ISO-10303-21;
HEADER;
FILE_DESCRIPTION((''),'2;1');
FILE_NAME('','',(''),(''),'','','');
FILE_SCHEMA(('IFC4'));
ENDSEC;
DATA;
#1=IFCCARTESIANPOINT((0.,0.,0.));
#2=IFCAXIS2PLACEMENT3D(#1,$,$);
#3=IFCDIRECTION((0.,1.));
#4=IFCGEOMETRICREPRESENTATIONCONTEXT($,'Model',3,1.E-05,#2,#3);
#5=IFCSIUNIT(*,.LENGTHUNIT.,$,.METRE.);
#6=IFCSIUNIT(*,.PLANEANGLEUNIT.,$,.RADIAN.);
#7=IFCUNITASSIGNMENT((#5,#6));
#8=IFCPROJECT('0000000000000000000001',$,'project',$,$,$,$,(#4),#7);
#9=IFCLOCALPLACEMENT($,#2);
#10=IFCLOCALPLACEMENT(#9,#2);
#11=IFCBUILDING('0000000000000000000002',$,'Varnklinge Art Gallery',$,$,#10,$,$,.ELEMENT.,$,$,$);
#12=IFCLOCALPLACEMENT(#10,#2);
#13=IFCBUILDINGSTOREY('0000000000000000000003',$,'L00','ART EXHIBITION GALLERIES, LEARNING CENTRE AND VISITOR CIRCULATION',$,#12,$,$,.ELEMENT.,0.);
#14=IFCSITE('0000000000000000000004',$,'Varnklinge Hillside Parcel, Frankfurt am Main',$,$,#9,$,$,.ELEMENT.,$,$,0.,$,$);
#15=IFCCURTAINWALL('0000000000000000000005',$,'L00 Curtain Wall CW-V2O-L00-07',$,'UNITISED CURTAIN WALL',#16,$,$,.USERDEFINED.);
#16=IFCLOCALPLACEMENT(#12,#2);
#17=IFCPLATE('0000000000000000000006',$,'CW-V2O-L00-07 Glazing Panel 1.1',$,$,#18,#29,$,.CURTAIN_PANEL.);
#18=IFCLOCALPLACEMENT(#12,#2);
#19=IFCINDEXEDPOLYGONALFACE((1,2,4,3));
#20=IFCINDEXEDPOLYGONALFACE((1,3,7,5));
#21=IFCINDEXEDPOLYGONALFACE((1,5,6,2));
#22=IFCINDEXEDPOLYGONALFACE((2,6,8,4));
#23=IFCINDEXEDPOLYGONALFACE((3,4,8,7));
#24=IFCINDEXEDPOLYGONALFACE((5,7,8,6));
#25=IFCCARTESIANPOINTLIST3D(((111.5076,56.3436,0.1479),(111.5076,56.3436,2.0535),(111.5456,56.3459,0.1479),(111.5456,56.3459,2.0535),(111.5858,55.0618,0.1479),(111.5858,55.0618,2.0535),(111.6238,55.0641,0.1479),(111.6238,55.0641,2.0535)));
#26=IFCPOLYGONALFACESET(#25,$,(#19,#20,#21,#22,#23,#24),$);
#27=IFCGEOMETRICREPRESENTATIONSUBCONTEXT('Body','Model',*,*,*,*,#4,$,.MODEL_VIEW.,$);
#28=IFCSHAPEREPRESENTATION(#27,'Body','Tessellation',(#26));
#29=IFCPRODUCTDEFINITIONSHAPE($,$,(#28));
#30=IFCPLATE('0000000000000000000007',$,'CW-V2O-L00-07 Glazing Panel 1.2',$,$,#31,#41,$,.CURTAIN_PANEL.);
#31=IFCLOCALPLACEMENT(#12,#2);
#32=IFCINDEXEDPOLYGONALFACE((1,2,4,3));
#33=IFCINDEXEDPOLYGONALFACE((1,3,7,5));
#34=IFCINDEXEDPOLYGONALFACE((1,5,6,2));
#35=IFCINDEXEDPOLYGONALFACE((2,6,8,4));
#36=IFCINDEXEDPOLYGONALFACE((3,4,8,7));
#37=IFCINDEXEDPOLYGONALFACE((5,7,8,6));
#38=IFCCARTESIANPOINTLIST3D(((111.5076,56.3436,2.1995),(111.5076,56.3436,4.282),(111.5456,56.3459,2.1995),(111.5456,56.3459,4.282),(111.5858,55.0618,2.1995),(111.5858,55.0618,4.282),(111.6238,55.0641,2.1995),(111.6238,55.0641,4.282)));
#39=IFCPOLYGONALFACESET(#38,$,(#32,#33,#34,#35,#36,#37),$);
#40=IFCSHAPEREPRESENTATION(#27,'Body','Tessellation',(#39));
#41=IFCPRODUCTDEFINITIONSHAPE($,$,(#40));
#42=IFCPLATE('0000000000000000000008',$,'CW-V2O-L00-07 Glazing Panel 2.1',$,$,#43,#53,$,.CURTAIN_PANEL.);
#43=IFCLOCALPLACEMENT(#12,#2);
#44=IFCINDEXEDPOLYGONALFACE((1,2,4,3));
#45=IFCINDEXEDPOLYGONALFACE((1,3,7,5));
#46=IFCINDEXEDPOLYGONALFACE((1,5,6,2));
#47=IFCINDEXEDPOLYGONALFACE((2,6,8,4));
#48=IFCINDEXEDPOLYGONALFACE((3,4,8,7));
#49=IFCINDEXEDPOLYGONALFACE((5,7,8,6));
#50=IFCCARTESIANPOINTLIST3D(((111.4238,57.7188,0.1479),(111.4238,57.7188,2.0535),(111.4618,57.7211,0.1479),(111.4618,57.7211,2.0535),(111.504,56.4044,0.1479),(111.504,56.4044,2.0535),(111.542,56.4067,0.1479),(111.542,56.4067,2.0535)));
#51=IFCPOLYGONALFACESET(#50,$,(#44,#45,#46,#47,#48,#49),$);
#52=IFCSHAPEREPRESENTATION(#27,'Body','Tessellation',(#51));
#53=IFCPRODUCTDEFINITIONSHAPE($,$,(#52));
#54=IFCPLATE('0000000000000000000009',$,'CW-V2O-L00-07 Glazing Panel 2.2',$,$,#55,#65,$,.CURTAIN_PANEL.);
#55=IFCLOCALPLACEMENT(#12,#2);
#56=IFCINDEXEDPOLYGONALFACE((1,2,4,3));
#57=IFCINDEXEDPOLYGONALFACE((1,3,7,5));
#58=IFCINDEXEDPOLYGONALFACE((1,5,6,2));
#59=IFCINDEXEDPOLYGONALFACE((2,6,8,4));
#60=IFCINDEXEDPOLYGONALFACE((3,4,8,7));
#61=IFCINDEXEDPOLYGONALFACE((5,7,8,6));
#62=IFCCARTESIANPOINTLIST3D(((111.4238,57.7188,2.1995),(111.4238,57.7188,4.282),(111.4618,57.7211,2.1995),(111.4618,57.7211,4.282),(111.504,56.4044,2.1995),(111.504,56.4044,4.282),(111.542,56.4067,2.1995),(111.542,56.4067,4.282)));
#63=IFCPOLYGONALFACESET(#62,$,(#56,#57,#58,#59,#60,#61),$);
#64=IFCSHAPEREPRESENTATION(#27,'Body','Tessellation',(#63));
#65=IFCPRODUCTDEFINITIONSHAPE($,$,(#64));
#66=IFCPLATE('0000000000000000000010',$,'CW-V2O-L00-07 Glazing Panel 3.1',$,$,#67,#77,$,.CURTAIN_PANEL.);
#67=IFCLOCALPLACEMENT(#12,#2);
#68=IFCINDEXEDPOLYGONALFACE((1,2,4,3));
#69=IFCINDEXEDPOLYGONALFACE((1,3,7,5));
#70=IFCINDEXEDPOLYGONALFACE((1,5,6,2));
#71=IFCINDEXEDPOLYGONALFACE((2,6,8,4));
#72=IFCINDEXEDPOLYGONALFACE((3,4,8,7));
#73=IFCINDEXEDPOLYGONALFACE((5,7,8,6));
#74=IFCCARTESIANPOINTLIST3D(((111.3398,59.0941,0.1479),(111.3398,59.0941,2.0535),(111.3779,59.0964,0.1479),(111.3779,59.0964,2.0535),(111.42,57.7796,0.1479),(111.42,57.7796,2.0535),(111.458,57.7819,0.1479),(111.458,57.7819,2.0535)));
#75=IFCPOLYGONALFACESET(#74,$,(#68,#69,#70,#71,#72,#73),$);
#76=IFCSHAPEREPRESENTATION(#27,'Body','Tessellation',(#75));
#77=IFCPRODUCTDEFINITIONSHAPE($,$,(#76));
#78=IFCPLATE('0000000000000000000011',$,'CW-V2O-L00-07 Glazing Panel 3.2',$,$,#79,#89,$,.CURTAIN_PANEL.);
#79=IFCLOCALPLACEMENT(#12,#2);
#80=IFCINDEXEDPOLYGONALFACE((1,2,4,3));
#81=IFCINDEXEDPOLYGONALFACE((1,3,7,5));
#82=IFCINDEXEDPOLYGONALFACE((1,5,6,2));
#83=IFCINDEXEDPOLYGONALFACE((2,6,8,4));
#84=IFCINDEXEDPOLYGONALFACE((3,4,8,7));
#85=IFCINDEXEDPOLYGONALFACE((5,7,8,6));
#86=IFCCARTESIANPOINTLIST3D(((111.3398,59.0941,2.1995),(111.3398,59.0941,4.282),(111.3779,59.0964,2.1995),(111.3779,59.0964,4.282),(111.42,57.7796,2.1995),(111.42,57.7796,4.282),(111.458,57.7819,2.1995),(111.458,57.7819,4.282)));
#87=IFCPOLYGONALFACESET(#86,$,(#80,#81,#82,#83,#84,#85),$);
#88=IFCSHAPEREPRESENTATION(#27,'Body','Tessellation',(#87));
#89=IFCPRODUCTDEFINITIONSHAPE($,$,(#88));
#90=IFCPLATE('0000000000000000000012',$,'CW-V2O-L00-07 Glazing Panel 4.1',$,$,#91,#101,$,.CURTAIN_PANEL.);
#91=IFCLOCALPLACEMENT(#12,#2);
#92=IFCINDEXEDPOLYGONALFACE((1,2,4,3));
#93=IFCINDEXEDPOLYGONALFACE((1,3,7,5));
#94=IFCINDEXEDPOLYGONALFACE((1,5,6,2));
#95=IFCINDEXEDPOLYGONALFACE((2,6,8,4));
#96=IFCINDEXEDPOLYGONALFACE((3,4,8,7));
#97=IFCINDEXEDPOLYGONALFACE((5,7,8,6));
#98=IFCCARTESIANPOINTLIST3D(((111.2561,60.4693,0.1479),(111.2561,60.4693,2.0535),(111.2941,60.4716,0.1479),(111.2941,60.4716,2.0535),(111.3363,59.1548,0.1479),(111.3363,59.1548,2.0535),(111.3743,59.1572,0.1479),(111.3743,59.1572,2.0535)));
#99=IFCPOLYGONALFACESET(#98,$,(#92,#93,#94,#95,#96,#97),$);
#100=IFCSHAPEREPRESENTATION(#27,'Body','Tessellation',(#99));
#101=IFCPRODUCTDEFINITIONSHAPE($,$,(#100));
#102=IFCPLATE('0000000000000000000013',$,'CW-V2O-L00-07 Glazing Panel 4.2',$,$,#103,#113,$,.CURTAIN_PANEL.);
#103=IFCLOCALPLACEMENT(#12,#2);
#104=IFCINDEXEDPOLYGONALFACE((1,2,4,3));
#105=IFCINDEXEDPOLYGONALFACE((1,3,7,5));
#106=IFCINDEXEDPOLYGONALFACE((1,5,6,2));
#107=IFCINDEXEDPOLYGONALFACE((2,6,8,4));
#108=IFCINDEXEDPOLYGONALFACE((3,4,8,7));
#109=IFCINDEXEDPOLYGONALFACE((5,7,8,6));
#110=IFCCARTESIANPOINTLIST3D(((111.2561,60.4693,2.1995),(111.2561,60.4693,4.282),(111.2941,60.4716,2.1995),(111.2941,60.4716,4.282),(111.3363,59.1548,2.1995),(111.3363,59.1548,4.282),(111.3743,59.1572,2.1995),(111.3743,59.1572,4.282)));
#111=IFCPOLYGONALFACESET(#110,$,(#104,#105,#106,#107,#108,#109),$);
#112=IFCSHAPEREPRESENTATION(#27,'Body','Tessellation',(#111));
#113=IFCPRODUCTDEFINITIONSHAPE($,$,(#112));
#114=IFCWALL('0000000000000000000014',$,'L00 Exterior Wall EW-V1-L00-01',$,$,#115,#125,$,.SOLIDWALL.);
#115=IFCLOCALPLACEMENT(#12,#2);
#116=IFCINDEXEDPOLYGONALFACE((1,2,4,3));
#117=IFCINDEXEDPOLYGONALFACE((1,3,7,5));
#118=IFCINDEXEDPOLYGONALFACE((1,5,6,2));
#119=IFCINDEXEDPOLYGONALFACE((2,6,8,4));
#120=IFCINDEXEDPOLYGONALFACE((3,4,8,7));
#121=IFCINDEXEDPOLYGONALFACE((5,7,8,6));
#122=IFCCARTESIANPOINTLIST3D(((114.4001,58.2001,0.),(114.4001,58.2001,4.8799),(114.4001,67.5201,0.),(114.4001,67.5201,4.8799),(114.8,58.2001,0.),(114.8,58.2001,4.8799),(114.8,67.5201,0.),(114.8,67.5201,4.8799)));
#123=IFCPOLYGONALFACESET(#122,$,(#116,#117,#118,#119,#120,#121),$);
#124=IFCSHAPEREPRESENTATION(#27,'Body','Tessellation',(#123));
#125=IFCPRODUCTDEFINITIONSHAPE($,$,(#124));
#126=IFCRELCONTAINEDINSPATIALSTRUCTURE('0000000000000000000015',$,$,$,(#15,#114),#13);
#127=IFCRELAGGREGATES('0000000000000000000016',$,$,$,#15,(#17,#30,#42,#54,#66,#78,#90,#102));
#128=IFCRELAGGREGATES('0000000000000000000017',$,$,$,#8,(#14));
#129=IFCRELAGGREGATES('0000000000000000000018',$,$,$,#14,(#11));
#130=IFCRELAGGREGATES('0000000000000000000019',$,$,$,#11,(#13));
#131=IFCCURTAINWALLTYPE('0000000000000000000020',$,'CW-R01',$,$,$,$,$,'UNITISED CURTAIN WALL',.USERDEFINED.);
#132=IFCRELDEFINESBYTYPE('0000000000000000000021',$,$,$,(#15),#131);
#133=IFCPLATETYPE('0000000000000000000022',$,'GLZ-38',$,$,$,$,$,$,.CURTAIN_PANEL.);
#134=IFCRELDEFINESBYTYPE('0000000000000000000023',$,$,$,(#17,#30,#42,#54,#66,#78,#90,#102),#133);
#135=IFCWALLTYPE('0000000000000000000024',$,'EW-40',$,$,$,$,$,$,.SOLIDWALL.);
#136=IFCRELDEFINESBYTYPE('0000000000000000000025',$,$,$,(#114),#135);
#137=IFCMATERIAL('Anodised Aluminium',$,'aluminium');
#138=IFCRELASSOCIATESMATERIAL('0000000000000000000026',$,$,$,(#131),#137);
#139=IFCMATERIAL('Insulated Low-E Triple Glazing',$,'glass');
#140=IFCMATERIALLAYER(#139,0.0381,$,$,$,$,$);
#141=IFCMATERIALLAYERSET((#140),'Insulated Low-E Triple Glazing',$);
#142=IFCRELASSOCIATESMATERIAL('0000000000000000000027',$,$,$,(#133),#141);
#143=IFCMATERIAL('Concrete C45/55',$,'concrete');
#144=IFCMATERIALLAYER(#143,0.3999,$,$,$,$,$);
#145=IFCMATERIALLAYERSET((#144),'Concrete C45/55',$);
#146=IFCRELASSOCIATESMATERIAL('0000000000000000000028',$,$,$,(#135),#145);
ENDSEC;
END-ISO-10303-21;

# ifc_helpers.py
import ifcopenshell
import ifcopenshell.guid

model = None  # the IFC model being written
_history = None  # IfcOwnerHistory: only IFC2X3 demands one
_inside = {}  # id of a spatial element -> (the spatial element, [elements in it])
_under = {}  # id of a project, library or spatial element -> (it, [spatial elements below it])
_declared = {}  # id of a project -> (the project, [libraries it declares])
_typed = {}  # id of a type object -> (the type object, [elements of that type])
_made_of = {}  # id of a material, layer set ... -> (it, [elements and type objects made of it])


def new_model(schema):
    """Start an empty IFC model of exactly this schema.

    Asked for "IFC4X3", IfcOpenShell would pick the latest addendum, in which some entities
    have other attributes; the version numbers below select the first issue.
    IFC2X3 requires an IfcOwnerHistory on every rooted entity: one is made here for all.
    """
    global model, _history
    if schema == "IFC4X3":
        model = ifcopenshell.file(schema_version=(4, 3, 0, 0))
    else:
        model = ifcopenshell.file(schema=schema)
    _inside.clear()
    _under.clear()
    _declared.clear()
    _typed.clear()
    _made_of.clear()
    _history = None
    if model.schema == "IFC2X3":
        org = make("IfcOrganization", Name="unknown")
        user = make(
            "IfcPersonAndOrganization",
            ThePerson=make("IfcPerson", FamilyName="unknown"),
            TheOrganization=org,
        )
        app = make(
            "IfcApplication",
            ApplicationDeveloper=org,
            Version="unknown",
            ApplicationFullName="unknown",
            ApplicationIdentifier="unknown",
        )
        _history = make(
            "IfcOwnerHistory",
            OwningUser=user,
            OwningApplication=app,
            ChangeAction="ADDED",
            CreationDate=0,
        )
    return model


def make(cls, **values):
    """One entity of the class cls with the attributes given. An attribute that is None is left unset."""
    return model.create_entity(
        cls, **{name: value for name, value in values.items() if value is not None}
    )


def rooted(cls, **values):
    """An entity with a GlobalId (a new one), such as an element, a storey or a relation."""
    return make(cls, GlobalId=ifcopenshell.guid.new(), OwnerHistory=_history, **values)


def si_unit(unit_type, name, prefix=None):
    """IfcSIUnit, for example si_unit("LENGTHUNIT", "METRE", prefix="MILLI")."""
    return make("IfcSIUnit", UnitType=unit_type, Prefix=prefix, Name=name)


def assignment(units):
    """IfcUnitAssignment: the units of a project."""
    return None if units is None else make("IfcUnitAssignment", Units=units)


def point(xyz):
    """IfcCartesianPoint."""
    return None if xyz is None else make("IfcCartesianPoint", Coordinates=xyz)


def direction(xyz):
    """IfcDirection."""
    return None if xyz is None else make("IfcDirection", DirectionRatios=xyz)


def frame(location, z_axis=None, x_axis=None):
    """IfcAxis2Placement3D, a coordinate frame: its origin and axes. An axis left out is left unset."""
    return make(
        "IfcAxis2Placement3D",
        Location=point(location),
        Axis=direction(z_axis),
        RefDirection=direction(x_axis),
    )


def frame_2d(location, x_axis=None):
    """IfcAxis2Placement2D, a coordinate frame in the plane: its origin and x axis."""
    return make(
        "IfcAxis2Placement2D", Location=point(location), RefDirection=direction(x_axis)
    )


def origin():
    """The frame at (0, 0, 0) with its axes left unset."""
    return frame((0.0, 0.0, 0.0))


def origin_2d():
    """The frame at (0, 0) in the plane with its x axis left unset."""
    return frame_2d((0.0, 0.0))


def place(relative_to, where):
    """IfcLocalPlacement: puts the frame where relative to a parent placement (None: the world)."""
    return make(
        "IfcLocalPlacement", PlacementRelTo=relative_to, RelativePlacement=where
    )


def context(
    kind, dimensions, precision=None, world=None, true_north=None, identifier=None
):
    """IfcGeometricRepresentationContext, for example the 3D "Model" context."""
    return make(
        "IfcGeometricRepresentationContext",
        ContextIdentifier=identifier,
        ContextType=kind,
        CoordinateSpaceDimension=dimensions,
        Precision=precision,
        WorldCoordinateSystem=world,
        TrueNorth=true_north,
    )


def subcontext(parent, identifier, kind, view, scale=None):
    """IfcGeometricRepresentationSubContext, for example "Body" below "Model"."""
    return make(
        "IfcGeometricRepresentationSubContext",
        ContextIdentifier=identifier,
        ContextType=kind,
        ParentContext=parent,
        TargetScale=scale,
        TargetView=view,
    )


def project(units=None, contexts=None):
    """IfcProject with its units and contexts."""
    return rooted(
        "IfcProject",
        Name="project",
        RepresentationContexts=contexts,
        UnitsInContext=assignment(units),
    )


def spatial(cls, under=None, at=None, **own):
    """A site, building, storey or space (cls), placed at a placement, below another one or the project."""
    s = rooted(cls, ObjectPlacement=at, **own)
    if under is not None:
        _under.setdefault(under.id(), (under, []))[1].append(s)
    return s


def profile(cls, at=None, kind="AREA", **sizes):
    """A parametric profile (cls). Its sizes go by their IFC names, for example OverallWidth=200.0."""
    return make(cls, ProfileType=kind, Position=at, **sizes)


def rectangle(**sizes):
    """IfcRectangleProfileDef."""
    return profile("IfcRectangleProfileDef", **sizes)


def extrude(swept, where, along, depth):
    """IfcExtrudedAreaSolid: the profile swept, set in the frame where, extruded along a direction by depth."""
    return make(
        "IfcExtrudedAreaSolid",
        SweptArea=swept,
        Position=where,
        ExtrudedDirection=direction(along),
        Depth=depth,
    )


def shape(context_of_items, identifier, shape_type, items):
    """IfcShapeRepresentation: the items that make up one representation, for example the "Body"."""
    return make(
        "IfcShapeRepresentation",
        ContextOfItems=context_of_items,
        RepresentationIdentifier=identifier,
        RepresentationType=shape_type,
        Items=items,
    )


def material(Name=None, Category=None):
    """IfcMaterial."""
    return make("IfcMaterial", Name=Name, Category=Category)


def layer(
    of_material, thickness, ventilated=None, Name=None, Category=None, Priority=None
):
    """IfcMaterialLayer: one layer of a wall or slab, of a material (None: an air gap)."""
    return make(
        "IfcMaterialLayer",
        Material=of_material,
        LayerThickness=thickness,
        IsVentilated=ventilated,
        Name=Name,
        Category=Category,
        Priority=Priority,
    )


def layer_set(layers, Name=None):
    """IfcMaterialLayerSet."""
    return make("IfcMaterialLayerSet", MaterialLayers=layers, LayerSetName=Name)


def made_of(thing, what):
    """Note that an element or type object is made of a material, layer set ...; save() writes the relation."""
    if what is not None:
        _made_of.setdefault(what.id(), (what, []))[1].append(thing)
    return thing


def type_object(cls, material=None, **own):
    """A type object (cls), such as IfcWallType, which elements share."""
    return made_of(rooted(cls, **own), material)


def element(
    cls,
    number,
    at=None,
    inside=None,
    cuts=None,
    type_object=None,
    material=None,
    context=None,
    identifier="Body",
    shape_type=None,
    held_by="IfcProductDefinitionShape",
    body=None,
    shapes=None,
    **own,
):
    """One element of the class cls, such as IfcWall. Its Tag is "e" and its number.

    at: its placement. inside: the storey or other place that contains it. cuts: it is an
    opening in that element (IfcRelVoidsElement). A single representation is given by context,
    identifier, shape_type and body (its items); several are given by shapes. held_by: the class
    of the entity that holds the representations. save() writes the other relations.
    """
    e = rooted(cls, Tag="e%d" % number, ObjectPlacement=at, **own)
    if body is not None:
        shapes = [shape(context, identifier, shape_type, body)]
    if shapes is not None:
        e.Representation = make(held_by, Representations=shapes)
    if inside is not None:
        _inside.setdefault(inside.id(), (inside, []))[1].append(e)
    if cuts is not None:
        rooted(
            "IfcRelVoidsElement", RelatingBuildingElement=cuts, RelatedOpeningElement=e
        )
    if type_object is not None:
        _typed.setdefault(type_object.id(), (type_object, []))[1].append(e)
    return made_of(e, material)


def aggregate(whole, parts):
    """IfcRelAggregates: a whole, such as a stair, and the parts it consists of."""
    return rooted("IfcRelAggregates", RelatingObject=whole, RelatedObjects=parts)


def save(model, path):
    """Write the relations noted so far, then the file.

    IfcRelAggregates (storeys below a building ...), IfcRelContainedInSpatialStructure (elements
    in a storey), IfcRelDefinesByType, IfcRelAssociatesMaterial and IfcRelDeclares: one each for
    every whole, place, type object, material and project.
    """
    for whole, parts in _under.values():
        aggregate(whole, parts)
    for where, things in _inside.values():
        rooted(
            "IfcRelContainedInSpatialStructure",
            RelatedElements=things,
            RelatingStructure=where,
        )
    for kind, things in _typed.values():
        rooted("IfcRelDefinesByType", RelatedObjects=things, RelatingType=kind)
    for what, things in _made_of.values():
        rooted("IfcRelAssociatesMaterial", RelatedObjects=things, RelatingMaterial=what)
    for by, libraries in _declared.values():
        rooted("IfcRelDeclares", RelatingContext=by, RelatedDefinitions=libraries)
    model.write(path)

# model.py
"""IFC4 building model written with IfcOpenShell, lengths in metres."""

from ifc_helpers import new_model, si_unit, direction, frame, frame_2d, origin, origin_2d, place, context, subcontext, project, spatial, rectangle, extrude, material, layer, layer_set, type_object, element, aggregate, save


model = new_model("IFC4")

# Units and contexts
model_context = context("Model", 3, precision=1e-05, world=origin(), true_north=direction((0.0, 1.0)))
body_context = subcontext(model_context, "Body", "Model", "MODEL_VIEW")
ifc_project = project(units=[si_unit("LENGTHUNIT", "METRE"), si_unit("PLANEANGLEUNIT", "RADIAN")], contexts=[model_context])

# Site, building, storey
site_placement = place(None, origin())
site = spatial("IfcSite", under=ifc_project, at=site_placement, Name="Varnklinge Hillside Parcel, Frankfurt am Main", CompositionType="ELEMENT", RefElevation=0.0)
building_placement = place(site_placement, origin())
building = spatial("IfcBuilding", under=site, at=building_placement, Name="Varnklinge Art Gallery", CompositionType="ELEMENT")
storey_placement = place(building_placement, origin())
storey = spatial("IfcBuildingStorey", under=building, at=storey_placement, Name="L00", Description="ART EXHIBITION GALLERIES, LEARNING CENTRE AND VISITOR CIRCULATION", CompositionType="ELEMENT", Elevation=0.0)

# Curtain wall
ifc_material_1 = material(Name="Anodised Aluminium", Category="aluminium")
curtain_wall_type = type_object("IfcCurtainWallType", Name="CW-R01", ElementType="UNITISED CURTAIN WALL", PredefinedType="USERDEFINED", material=ifc_material_1)
curtain_wall_placement = place(storey_placement, origin())
curtain_wall = element("IfcCurtainWall", 1, at=curtain_wall_placement, inside=storey, type_object=curtain_wall_type, Name="L00 Curtain Wall CW-V2O-L00-07", ObjectType="UNITISED CURTAIN WALL", PredefinedType="USERDEFINED")

# Plates
ifc_material_2 = material(Name="Insulated Low-E Triple Glazing", Category="glass")
ifc_layer_1 = layer(ifc_material_2, 0.0381)
ifc_layer_set_1 = layer_set([ifc_layer_1], Name="Insulated Low-E Triple Glazing")
plate_type = type_object("IfcPlateType", Name="GLZ-38", PredefinedType="CURTAIN_PANEL", material=ifc_layer_set_1)
plate_1_placement = place(storey_placement, frame((111.5657, 55.7039, 0.1479), z_axis=(0.0, 0.0, 1.0), x_axis=(-0.060874, 0.998145, 0.0)))
plate_1 = element("IfcPlate", 2, at=plate_1_placement, type_object=plate_type, Name="CW-V2O-L00-07 Glazing Panel 1.1", PredefinedType="CURTAIN_PANEL", context=body_context, shape_type="SweptSolid", body=[
    extrude(rectangle(XDim=1.2842, YDim=0.0381, at=origin_2d()), origin(), (0.0, 0.0, 1.0), 1.9055),
])
plate_2_placement = place(storey_placement, frame((111.5657, 55.7039, 2.1995), z_axis=(0.0, 0.0, 1.0), x_axis=(-0.060874, 0.998145, 0.0)))
plate_2 = element("IfcPlate", 3, at=plate_2_placement, type_object=plate_type, Name="CW-V2O-L00-07 Glazing Panel 1.2", PredefinedType="CURTAIN_PANEL", context=body_context, shape_type="SweptSolid", body=[
    extrude(rectangle(XDim=1.2842, YDim=0.0381, at=origin_2d()), origin(), (0.0, 0.0, 1.0), 2.0825),
])
plate_3_placement = place(storey_placement, frame((111.4829, 57.0627, 0.1479), z_axis=(0.0, 0.0, 1.0), x_axis=(-0.060874, 0.998145, 0.0)))
plate_3 = element("IfcPlate", 4, at=plate_3_placement, type_object=plate_type, Name="CW-V2O-L00-07 Glazing Panel 2.1", PredefinedType="CURTAIN_PANEL", context=body_context, shape_type="SweptSolid", body=[
    extrude(rectangle(XDim=1.3169, YDim=0.0381, at=origin_2d()), origin(), (0.0, 0.0, 1.0), 1.9055),
])
plate_4_placement = place(storey_placement, frame((111.4829, 57.0627, 2.1995), z_axis=(0.0, 0.0, 1.0), x_axis=(-0.060874, 0.998145, 0.0)))
plate_4 = element("IfcPlate", 5, at=plate_4_placement, type_object=plate_type, Name="CW-V2O-L00-07 Glazing Panel 2.2", PredefinedType="CURTAIN_PANEL", context=body_context, shape_type="SweptSolid", body=[
    extrude(rectangle(XDim=1.3169, YDim=0.0381, at=origin_2d()), origin(), (0.0, 0.0, 1.0), 2.0825),
])
plate_5_placement = place(storey_placement, frame((111.3989, 58.438, 0.1479), z_axis=(0.0, 0.0, 1.0), x_axis=(-0.060874, 0.998145, 0.0)))
plate_5 = element("IfcPlate", 6, at=plate_5_placement, type_object=plate_type, Name="CW-V2O-L00-07 Glazing Panel 3.1", PredefinedType="CURTAIN_PANEL", context=body_context, shape_type="SweptSolid", body=[
    extrude(rectangle(XDim=1.3169, YDim=0.0381, at=origin_2d()), origin(), (0.0, 0.0, 1.0), 1.9055),
])
plate_6_placement = place(storey_placement, frame((111.3989, 58.438, 2.1995), z_axis=(0.0, 0.0, 1.0), x_axis=(-0.060874, 0.998145, 0.0)))
plate_6 = element("IfcPlate", 7, at=plate_6_placement, type_object=plate_type, Name="CW-V2O-L00-07 Glazing Panel 3.2", PredefinedType="CURTAIN_PANEL", context=body_context, shape_type="SweptSolid", body=[
    extrude(rectangle(XDim=1.3169, YDim=0.0381, at=origin_2d()), origin(), (0.0, 0.0, 1.0), 2.0825),
])
plate_7_placement = place(storey_placement, frame((111.3152, 59.8132, 0.1479), z_axis=(0.0, 0.0, 1.0), x_axis=(-0.060874, 0.998145, 0.0)))
plate_7 = element("IfcPlate", 8, at=plate_7_placement, type_object=plate_type, Name="CW-V2O-L00-07 Glazing Panel 4.1", PredefinedType="CURTAIN_PANEL", context=body_context, shape_type="SweptSolid", body=[
    extrude(rectangle(XDim=1.3169, YDim=0.0381, at=origin_2d()), origin(), (0.0, 0.0, 1.0), 1.9055),
])
plate_8_placement = place(storey_placement, frame((111.3152, 59.8132, 2.1995), z_axis=(0.0, 0.0, 1.0), x_axis=(-0.060874, 0.998145, 0.0)))
plate_8 = element("IfcPlate", 9, at=plate_8_placement, type_object=plate_type, Name="CW-V2O-L00-07 Glazing Panel 4.2", PredefinedType="CURTAIN_PANEL", context=body_context, shape_type="SweptSolid", body=[
    extrude(rectangle(XDim=1.3169, YDim=0.0381, at=origin_2d()), origin(), (0.0, 0.0, 1.0), 2.0825),
])
aggregate(curtain_wall, [plate_1, plate_2, plate_3, plate_4, plate_5, plate_6, plate_7, plate_8])

# Wall
ifc_material_3 = material(Name="Concrete C45/55", Category="concrete")
ifc_layer_2 = layer(ifc_material_3, 0.3999)
ifc_layer_set_2 = layer_set([ifc_layer_2], Name="Concrete C45/55")
wall_type = type_object("IfcWallType", Name="EW-40", PredefinedType="SOLIDWALL", material=ifc_layer_set_2)
wall_placement = place(storey_placement, frame((114.6001, 58.2, 0.0), z_axis=(0.0, 0.0, 1.0), x_axis=(0.0, 1.0, 0.0)))
element("IfcWall", 10, at=wall_placement, inside=storey, type_object=wall_type, Name="L00 Exterior Wall EW-V1-L00-01", PredefinedType="SOLIDWALL", context=body_context, shape_type="SweptSolid", body=[
    extrude(rectangle(XDim=9.3201, YDim=0.3999, at=frame_2d((4.6602, 0.0))), origin(), (0.0, 0.0, 1.0), 4.8799),
])

save(model, "model.ifc")
